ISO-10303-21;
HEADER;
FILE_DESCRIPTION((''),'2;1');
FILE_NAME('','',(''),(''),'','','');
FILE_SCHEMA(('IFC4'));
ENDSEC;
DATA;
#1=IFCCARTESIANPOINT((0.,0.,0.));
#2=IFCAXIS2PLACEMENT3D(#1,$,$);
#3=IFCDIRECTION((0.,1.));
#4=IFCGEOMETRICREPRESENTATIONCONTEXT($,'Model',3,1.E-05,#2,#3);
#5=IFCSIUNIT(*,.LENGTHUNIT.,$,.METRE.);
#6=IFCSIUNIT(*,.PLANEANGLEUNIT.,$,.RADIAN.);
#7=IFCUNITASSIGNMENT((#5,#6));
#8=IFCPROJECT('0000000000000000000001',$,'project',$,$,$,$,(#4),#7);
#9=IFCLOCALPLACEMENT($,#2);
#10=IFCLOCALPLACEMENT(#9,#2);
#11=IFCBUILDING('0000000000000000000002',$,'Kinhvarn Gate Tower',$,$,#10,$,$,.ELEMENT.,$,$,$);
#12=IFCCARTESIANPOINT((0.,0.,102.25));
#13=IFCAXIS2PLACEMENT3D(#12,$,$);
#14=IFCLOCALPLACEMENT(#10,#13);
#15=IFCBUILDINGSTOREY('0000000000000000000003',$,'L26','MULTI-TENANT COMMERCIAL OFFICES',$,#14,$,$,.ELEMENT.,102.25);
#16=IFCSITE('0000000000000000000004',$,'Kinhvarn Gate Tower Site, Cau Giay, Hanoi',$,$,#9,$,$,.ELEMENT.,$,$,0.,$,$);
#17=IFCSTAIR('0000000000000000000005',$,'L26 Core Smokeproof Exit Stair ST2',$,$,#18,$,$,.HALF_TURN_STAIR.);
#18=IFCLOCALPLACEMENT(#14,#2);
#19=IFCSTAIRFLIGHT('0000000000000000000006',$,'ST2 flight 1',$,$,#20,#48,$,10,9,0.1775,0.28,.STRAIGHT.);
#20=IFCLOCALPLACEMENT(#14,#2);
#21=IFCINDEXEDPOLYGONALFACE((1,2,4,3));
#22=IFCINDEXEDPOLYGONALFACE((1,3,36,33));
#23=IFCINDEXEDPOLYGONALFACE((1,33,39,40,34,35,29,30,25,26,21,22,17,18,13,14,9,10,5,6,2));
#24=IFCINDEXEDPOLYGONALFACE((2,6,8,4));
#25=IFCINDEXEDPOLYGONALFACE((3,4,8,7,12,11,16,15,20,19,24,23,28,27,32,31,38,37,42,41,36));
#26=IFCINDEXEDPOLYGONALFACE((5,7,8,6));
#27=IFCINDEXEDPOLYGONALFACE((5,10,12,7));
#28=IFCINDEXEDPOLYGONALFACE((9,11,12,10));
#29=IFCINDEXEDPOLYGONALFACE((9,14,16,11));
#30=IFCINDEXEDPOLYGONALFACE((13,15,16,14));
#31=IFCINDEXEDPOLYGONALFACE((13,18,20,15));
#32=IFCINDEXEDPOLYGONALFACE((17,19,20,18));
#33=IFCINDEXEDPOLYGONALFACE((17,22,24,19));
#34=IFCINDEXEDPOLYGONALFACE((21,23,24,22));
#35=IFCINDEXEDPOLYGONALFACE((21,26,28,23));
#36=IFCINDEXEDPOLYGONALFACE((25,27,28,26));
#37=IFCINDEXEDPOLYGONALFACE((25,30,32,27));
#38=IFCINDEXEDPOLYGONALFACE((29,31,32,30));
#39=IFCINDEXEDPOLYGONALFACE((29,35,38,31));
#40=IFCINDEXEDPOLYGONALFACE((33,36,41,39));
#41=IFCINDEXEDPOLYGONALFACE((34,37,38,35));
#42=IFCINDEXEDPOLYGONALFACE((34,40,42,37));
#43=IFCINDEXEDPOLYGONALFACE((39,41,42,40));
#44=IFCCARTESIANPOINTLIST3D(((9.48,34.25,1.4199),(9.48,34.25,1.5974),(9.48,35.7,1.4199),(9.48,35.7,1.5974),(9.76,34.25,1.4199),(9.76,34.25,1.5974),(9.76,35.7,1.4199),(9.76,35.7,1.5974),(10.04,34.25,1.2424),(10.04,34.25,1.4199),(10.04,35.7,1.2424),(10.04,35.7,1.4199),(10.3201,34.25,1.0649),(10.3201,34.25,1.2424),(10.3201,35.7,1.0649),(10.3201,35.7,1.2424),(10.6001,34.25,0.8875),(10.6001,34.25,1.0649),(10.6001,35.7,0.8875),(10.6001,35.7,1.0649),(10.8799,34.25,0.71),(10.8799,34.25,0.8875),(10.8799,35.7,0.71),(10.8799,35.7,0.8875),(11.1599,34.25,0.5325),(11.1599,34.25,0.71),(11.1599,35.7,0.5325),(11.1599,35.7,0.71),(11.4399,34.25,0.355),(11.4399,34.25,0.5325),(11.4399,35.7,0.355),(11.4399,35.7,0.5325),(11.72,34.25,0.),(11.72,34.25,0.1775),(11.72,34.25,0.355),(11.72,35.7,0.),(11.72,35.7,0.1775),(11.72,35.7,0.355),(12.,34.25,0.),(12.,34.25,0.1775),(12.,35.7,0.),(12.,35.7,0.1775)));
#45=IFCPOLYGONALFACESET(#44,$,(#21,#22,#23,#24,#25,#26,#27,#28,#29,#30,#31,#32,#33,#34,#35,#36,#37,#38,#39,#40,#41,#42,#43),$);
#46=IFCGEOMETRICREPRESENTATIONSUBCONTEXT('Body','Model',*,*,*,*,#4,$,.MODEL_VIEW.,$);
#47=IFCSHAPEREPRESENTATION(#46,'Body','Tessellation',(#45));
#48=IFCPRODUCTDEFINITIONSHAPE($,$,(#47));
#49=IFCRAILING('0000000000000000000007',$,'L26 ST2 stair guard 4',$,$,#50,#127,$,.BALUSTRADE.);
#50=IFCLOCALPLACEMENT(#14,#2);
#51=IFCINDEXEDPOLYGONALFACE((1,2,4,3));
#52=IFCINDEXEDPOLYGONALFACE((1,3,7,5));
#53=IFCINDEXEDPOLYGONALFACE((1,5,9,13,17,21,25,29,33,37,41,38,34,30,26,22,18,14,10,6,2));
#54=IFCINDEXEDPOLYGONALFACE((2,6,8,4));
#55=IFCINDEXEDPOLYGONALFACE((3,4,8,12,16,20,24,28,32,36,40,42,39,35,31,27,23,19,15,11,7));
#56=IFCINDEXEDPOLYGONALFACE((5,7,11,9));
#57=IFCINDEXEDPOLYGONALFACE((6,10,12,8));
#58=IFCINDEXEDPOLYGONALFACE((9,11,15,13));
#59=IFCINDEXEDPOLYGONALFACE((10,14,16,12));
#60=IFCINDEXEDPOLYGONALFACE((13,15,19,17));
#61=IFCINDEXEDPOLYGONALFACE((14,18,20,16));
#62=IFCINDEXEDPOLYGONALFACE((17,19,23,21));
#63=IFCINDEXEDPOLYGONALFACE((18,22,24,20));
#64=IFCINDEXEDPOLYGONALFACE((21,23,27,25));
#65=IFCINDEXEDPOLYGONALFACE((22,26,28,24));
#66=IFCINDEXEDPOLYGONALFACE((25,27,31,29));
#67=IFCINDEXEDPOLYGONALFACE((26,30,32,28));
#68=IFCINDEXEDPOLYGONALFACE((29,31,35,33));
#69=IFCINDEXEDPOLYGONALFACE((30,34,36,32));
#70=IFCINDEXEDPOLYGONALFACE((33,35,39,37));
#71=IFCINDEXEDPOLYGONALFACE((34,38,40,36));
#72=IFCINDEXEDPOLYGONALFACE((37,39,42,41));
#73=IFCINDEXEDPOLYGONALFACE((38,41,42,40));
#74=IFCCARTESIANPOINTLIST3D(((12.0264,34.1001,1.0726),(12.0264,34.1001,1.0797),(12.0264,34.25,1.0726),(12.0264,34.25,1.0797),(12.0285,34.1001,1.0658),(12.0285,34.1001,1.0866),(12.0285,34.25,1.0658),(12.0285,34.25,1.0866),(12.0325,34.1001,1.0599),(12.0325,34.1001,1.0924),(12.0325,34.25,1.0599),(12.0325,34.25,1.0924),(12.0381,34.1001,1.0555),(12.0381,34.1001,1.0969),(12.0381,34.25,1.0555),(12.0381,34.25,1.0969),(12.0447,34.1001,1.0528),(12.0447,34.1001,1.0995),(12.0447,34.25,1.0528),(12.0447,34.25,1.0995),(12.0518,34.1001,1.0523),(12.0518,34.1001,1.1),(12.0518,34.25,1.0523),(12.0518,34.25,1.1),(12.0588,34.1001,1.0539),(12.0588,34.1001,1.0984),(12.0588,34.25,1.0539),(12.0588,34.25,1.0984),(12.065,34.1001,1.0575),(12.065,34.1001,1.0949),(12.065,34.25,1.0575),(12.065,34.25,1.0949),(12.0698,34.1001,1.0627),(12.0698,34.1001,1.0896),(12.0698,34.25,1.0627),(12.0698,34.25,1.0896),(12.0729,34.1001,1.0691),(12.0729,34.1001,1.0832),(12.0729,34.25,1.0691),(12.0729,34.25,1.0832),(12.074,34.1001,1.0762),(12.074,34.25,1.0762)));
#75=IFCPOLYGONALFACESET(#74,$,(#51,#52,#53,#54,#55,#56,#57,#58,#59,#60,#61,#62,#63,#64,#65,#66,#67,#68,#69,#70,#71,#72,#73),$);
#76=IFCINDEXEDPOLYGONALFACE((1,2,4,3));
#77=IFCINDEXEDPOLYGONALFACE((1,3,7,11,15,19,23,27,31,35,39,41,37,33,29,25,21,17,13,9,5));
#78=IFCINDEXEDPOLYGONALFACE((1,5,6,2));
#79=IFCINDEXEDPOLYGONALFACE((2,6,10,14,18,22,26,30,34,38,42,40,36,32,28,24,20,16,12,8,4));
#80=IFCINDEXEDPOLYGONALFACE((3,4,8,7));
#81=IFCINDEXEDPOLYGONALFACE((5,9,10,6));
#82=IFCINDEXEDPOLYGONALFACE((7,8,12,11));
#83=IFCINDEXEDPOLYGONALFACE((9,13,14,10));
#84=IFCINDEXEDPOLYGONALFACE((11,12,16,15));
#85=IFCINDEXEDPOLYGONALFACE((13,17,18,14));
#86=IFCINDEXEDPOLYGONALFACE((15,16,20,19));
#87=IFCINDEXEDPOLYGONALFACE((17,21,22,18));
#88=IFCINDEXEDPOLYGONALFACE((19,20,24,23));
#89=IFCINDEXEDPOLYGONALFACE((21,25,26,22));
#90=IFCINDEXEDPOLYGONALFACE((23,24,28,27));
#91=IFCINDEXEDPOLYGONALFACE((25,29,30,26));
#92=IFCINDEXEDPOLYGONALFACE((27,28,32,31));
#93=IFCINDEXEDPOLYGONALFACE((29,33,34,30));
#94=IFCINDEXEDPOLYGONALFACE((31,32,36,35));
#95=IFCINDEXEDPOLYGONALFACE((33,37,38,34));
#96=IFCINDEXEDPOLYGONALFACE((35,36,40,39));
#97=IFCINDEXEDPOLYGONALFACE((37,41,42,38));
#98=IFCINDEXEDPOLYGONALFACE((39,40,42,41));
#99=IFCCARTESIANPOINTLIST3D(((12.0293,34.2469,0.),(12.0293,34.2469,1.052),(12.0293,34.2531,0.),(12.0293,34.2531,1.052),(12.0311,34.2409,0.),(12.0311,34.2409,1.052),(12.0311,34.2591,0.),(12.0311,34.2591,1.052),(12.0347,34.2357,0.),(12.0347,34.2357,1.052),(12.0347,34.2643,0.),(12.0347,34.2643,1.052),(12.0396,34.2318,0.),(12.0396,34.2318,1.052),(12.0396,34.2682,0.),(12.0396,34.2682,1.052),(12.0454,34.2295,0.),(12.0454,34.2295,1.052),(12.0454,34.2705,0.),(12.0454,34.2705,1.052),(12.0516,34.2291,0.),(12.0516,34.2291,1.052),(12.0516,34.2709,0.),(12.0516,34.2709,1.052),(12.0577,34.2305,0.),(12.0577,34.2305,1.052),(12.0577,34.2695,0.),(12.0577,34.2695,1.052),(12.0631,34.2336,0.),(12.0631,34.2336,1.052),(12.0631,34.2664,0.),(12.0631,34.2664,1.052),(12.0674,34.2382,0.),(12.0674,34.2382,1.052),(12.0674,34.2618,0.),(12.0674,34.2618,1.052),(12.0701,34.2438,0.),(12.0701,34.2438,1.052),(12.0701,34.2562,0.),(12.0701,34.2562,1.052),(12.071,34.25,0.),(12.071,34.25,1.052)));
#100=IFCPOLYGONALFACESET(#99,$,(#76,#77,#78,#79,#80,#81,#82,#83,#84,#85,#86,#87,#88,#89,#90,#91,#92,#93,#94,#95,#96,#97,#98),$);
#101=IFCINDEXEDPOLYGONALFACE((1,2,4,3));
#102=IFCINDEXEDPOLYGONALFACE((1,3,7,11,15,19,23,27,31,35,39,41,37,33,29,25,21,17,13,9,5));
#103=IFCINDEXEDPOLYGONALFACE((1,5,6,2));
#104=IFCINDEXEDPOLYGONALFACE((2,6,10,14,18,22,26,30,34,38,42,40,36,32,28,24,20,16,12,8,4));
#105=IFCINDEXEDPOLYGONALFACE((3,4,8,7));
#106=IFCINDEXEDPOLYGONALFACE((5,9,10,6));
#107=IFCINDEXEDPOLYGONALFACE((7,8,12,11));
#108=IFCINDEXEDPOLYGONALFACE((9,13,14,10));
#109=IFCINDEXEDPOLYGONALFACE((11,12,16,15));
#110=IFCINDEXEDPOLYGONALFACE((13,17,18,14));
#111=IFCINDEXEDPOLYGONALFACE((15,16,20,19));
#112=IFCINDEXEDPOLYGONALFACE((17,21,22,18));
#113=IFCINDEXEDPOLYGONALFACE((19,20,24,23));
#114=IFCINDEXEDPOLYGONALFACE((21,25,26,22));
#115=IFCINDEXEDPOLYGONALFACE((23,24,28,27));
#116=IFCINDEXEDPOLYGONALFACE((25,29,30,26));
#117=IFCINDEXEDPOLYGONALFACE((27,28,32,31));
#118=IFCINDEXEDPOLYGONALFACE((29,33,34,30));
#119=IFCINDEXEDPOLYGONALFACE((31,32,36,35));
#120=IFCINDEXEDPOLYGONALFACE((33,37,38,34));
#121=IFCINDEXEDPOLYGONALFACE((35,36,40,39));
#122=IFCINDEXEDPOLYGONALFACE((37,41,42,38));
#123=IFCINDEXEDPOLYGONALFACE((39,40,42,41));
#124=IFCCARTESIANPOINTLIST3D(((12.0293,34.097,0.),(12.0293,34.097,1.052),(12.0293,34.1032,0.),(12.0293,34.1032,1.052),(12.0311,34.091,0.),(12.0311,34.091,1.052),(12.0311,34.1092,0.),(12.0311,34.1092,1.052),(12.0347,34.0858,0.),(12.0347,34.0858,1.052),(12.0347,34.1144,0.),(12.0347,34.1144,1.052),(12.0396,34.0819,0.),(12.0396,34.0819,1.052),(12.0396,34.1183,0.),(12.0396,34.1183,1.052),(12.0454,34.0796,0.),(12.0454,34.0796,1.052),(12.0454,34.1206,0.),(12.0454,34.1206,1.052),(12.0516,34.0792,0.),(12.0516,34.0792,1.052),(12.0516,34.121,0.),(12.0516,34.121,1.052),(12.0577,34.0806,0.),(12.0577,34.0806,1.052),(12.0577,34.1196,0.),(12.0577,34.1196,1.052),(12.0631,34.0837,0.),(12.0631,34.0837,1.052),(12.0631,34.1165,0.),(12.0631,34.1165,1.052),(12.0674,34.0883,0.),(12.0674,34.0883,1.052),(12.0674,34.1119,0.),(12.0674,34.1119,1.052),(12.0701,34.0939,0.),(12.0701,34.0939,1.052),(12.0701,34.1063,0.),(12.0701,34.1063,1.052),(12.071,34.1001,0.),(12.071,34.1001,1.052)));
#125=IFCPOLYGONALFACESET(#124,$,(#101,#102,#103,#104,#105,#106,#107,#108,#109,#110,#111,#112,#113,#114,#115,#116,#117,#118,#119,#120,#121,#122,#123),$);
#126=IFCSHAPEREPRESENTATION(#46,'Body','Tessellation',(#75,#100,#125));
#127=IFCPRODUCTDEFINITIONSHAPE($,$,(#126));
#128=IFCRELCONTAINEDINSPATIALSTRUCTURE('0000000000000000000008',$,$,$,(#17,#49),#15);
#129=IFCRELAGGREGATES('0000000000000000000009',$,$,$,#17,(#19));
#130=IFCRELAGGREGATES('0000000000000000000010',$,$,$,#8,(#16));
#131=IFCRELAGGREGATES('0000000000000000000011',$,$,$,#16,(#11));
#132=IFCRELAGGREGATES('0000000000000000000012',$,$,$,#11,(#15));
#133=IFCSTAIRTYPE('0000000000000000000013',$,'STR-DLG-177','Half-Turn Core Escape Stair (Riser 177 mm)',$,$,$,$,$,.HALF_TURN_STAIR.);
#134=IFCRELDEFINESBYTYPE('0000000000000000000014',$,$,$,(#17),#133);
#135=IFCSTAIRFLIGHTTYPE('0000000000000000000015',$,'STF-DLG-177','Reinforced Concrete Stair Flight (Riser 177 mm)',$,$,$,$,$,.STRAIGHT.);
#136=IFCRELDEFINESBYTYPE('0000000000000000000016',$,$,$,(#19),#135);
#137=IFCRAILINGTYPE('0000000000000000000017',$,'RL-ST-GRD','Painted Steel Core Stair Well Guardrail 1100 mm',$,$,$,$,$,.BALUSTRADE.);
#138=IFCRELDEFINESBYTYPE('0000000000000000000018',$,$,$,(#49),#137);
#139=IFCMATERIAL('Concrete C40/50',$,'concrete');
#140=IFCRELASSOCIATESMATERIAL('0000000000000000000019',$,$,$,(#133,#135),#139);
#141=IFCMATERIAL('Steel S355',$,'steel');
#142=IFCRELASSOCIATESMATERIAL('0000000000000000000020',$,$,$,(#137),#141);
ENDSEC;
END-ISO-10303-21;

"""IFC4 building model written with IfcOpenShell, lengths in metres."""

from ifc_helpers import new_model, si_unit, direction, frame, origin, origin_2d, place, context, subcontext, project, spatial, polyline, circle, outline, extrude, material, type_object, element, aggregate, save


model = new_model("IFC4")

# Units and contexts
model_context = context("Model", 3, precision=1e-05, world=origin(), true_north=direction((0.0, 1.0)))
body_context = subcontext(model_context, "Body", "Model", "MODEL_VIEW")
ifc_project = project(units=[si_unit("LENGTHUNIT", "METRE"), si_unit("PLANEANGLEUNIT", "RADIAN")], contexts=[model_context])

# Site, building, storey
site_placement = place(None, origin())
site = spatial("IfcSite", under=ifc_project, at=site_placement, Name="Kinhvarn Gate Tower Site, Cau Giay, Hanoi", CompositionType="ELEMENT", RefElevation=0.0)
building_placement = place(site_placement, origin())
building = spatial("IfcBuilding", under=site, at=building_placement, Name="Kinhvarn Gate Tower", CompositionType="ELEMENT")
storey_placement = place(building_placement, frame((0.0, 0.0, 102.25)))
storey = spatial("IfcBuildingStorey", under=building, at=storey_placement, Name="L26", Description="MULTI-TENANT COMMERCIAL OFFICES", CompositionType="ELEMENT", Elevation=102.25)

# Shared definitions
ifc_material_1 = material(Name="Steel S355", Category="steel")

# Shared definitions
ifc_material_2 = material(Name="Concrete C40/50", Category="concrete")

# Stair, stair flight
stair_type = type_object("IfcStairType", Name="STR-DLG-177", Description="Half-Turn Core Escape Stair (Riser 177 mm)", PredefinedType="HALF_TURN_STAIR", material=ifc_material_2)
stair_placement = place(storey_placement, origin())
stair = element("IfcStair", 1, at=stair_placement, inside=storey, type_object=stair_type, Name="L26 Core Smokeproof Exit Stair ST2", PredefinedType="HALF_TURN_STAIR")
stair_flight_type = type_object("IfcStairFlightType", Name="STF-DLG-177", Description="Reinforced Concrete Stair Flight (Riser 177 mm)", PredefinedType="STRAIGHT", material=ifc_material_2)
stair_flight_placement = place(storey_placement, frame((12.0, 34.9751, 0.0), z_axis=(0.0, 0.0, 1.0), x_axis=(-1.0, 0.0, 0.0)))
stair_flight = element("IfcStairFlight", 2, at=stair_flight_placement, type_object=stair_flight_type, Name="ST2 flight 1", NumberOfRisers=10, NumberOfTreads=9, PredefinedType="STRAIGHT", RiserHeight=0.1775, TreadLength=0.28, context=body_context, shape_type="SweptSolid", body=[
    extrude(outline(polyline([(0.0, 0.0), (0.0, 0.1775), (0.28, 0.1775), (0.28, 0.355), (0.5601, 0.355), (0.5601, 0.5325), (0.8401, 0.5325), (0.8401, 0.71), (1.1201, 0.71), (1.1201, 0.8875), (1.3999, 0.8875), (1.3999, 1.0649), (1.6799, 1.0649), (1.6799, 1.2424), (1.96, 1.2424), (1.96, 1.4199), (2.24, 1.4199), (2.24, 1.5974), (2.52, 1.5974), (2.52, 1.7749), (2.52, 1.4199), (0.28, 0.0), (0.0, 0.0)])), frame((0.0, 0.7251, 0.0), z_axis=(0.0, -1.0, 0.0), x_axis=(1.0, 0.0, 0.0)), (0.0, 0.0, 1.0), 1.45),
])
aggregate(stair, [stair_flight])

# Railing
railing_type_1 = type_object("IfcRailingType", Name="RL-ST-GRD", Description="Painted Steel Core Stair Well Guardrail 1100 mm", PredefinedType="BALUSTRADE", material=ifc_material_1)
railing_1_placement = place(storey_placement, frame((12.05, 34.25, 0.0)))
element("IfcRailing", 3, at=railing_1_placement, inside=storey, type_object=railing_type_1, Name="L26 ST2 stair guard 4", PredefinedType="BALUSTRADE", context=body_context, shape_type="SweptSolid", body=[
    extrude(circle(Radius=0.0239, at=origin_2d()), frame((0.0, 0.0, 1.0762), z_axis=(0.0, -1.0, 0.0), x_axis=(1.0, 0.0, 0.0)), (0.0, 0.0, 1.0), 0.1499),
    extrude(circle(Radius=0.021, at=origin_2d()), origin(), (0.0, 0.0, 1.0), 1.052),
    extrude(circle(Radius=0.021, at=origin_2d()), frame((0.0, -0.1499, 0.0)), (0.0, 0.0, 1.0), 1.052),
])

save(model, "model.ifc")
